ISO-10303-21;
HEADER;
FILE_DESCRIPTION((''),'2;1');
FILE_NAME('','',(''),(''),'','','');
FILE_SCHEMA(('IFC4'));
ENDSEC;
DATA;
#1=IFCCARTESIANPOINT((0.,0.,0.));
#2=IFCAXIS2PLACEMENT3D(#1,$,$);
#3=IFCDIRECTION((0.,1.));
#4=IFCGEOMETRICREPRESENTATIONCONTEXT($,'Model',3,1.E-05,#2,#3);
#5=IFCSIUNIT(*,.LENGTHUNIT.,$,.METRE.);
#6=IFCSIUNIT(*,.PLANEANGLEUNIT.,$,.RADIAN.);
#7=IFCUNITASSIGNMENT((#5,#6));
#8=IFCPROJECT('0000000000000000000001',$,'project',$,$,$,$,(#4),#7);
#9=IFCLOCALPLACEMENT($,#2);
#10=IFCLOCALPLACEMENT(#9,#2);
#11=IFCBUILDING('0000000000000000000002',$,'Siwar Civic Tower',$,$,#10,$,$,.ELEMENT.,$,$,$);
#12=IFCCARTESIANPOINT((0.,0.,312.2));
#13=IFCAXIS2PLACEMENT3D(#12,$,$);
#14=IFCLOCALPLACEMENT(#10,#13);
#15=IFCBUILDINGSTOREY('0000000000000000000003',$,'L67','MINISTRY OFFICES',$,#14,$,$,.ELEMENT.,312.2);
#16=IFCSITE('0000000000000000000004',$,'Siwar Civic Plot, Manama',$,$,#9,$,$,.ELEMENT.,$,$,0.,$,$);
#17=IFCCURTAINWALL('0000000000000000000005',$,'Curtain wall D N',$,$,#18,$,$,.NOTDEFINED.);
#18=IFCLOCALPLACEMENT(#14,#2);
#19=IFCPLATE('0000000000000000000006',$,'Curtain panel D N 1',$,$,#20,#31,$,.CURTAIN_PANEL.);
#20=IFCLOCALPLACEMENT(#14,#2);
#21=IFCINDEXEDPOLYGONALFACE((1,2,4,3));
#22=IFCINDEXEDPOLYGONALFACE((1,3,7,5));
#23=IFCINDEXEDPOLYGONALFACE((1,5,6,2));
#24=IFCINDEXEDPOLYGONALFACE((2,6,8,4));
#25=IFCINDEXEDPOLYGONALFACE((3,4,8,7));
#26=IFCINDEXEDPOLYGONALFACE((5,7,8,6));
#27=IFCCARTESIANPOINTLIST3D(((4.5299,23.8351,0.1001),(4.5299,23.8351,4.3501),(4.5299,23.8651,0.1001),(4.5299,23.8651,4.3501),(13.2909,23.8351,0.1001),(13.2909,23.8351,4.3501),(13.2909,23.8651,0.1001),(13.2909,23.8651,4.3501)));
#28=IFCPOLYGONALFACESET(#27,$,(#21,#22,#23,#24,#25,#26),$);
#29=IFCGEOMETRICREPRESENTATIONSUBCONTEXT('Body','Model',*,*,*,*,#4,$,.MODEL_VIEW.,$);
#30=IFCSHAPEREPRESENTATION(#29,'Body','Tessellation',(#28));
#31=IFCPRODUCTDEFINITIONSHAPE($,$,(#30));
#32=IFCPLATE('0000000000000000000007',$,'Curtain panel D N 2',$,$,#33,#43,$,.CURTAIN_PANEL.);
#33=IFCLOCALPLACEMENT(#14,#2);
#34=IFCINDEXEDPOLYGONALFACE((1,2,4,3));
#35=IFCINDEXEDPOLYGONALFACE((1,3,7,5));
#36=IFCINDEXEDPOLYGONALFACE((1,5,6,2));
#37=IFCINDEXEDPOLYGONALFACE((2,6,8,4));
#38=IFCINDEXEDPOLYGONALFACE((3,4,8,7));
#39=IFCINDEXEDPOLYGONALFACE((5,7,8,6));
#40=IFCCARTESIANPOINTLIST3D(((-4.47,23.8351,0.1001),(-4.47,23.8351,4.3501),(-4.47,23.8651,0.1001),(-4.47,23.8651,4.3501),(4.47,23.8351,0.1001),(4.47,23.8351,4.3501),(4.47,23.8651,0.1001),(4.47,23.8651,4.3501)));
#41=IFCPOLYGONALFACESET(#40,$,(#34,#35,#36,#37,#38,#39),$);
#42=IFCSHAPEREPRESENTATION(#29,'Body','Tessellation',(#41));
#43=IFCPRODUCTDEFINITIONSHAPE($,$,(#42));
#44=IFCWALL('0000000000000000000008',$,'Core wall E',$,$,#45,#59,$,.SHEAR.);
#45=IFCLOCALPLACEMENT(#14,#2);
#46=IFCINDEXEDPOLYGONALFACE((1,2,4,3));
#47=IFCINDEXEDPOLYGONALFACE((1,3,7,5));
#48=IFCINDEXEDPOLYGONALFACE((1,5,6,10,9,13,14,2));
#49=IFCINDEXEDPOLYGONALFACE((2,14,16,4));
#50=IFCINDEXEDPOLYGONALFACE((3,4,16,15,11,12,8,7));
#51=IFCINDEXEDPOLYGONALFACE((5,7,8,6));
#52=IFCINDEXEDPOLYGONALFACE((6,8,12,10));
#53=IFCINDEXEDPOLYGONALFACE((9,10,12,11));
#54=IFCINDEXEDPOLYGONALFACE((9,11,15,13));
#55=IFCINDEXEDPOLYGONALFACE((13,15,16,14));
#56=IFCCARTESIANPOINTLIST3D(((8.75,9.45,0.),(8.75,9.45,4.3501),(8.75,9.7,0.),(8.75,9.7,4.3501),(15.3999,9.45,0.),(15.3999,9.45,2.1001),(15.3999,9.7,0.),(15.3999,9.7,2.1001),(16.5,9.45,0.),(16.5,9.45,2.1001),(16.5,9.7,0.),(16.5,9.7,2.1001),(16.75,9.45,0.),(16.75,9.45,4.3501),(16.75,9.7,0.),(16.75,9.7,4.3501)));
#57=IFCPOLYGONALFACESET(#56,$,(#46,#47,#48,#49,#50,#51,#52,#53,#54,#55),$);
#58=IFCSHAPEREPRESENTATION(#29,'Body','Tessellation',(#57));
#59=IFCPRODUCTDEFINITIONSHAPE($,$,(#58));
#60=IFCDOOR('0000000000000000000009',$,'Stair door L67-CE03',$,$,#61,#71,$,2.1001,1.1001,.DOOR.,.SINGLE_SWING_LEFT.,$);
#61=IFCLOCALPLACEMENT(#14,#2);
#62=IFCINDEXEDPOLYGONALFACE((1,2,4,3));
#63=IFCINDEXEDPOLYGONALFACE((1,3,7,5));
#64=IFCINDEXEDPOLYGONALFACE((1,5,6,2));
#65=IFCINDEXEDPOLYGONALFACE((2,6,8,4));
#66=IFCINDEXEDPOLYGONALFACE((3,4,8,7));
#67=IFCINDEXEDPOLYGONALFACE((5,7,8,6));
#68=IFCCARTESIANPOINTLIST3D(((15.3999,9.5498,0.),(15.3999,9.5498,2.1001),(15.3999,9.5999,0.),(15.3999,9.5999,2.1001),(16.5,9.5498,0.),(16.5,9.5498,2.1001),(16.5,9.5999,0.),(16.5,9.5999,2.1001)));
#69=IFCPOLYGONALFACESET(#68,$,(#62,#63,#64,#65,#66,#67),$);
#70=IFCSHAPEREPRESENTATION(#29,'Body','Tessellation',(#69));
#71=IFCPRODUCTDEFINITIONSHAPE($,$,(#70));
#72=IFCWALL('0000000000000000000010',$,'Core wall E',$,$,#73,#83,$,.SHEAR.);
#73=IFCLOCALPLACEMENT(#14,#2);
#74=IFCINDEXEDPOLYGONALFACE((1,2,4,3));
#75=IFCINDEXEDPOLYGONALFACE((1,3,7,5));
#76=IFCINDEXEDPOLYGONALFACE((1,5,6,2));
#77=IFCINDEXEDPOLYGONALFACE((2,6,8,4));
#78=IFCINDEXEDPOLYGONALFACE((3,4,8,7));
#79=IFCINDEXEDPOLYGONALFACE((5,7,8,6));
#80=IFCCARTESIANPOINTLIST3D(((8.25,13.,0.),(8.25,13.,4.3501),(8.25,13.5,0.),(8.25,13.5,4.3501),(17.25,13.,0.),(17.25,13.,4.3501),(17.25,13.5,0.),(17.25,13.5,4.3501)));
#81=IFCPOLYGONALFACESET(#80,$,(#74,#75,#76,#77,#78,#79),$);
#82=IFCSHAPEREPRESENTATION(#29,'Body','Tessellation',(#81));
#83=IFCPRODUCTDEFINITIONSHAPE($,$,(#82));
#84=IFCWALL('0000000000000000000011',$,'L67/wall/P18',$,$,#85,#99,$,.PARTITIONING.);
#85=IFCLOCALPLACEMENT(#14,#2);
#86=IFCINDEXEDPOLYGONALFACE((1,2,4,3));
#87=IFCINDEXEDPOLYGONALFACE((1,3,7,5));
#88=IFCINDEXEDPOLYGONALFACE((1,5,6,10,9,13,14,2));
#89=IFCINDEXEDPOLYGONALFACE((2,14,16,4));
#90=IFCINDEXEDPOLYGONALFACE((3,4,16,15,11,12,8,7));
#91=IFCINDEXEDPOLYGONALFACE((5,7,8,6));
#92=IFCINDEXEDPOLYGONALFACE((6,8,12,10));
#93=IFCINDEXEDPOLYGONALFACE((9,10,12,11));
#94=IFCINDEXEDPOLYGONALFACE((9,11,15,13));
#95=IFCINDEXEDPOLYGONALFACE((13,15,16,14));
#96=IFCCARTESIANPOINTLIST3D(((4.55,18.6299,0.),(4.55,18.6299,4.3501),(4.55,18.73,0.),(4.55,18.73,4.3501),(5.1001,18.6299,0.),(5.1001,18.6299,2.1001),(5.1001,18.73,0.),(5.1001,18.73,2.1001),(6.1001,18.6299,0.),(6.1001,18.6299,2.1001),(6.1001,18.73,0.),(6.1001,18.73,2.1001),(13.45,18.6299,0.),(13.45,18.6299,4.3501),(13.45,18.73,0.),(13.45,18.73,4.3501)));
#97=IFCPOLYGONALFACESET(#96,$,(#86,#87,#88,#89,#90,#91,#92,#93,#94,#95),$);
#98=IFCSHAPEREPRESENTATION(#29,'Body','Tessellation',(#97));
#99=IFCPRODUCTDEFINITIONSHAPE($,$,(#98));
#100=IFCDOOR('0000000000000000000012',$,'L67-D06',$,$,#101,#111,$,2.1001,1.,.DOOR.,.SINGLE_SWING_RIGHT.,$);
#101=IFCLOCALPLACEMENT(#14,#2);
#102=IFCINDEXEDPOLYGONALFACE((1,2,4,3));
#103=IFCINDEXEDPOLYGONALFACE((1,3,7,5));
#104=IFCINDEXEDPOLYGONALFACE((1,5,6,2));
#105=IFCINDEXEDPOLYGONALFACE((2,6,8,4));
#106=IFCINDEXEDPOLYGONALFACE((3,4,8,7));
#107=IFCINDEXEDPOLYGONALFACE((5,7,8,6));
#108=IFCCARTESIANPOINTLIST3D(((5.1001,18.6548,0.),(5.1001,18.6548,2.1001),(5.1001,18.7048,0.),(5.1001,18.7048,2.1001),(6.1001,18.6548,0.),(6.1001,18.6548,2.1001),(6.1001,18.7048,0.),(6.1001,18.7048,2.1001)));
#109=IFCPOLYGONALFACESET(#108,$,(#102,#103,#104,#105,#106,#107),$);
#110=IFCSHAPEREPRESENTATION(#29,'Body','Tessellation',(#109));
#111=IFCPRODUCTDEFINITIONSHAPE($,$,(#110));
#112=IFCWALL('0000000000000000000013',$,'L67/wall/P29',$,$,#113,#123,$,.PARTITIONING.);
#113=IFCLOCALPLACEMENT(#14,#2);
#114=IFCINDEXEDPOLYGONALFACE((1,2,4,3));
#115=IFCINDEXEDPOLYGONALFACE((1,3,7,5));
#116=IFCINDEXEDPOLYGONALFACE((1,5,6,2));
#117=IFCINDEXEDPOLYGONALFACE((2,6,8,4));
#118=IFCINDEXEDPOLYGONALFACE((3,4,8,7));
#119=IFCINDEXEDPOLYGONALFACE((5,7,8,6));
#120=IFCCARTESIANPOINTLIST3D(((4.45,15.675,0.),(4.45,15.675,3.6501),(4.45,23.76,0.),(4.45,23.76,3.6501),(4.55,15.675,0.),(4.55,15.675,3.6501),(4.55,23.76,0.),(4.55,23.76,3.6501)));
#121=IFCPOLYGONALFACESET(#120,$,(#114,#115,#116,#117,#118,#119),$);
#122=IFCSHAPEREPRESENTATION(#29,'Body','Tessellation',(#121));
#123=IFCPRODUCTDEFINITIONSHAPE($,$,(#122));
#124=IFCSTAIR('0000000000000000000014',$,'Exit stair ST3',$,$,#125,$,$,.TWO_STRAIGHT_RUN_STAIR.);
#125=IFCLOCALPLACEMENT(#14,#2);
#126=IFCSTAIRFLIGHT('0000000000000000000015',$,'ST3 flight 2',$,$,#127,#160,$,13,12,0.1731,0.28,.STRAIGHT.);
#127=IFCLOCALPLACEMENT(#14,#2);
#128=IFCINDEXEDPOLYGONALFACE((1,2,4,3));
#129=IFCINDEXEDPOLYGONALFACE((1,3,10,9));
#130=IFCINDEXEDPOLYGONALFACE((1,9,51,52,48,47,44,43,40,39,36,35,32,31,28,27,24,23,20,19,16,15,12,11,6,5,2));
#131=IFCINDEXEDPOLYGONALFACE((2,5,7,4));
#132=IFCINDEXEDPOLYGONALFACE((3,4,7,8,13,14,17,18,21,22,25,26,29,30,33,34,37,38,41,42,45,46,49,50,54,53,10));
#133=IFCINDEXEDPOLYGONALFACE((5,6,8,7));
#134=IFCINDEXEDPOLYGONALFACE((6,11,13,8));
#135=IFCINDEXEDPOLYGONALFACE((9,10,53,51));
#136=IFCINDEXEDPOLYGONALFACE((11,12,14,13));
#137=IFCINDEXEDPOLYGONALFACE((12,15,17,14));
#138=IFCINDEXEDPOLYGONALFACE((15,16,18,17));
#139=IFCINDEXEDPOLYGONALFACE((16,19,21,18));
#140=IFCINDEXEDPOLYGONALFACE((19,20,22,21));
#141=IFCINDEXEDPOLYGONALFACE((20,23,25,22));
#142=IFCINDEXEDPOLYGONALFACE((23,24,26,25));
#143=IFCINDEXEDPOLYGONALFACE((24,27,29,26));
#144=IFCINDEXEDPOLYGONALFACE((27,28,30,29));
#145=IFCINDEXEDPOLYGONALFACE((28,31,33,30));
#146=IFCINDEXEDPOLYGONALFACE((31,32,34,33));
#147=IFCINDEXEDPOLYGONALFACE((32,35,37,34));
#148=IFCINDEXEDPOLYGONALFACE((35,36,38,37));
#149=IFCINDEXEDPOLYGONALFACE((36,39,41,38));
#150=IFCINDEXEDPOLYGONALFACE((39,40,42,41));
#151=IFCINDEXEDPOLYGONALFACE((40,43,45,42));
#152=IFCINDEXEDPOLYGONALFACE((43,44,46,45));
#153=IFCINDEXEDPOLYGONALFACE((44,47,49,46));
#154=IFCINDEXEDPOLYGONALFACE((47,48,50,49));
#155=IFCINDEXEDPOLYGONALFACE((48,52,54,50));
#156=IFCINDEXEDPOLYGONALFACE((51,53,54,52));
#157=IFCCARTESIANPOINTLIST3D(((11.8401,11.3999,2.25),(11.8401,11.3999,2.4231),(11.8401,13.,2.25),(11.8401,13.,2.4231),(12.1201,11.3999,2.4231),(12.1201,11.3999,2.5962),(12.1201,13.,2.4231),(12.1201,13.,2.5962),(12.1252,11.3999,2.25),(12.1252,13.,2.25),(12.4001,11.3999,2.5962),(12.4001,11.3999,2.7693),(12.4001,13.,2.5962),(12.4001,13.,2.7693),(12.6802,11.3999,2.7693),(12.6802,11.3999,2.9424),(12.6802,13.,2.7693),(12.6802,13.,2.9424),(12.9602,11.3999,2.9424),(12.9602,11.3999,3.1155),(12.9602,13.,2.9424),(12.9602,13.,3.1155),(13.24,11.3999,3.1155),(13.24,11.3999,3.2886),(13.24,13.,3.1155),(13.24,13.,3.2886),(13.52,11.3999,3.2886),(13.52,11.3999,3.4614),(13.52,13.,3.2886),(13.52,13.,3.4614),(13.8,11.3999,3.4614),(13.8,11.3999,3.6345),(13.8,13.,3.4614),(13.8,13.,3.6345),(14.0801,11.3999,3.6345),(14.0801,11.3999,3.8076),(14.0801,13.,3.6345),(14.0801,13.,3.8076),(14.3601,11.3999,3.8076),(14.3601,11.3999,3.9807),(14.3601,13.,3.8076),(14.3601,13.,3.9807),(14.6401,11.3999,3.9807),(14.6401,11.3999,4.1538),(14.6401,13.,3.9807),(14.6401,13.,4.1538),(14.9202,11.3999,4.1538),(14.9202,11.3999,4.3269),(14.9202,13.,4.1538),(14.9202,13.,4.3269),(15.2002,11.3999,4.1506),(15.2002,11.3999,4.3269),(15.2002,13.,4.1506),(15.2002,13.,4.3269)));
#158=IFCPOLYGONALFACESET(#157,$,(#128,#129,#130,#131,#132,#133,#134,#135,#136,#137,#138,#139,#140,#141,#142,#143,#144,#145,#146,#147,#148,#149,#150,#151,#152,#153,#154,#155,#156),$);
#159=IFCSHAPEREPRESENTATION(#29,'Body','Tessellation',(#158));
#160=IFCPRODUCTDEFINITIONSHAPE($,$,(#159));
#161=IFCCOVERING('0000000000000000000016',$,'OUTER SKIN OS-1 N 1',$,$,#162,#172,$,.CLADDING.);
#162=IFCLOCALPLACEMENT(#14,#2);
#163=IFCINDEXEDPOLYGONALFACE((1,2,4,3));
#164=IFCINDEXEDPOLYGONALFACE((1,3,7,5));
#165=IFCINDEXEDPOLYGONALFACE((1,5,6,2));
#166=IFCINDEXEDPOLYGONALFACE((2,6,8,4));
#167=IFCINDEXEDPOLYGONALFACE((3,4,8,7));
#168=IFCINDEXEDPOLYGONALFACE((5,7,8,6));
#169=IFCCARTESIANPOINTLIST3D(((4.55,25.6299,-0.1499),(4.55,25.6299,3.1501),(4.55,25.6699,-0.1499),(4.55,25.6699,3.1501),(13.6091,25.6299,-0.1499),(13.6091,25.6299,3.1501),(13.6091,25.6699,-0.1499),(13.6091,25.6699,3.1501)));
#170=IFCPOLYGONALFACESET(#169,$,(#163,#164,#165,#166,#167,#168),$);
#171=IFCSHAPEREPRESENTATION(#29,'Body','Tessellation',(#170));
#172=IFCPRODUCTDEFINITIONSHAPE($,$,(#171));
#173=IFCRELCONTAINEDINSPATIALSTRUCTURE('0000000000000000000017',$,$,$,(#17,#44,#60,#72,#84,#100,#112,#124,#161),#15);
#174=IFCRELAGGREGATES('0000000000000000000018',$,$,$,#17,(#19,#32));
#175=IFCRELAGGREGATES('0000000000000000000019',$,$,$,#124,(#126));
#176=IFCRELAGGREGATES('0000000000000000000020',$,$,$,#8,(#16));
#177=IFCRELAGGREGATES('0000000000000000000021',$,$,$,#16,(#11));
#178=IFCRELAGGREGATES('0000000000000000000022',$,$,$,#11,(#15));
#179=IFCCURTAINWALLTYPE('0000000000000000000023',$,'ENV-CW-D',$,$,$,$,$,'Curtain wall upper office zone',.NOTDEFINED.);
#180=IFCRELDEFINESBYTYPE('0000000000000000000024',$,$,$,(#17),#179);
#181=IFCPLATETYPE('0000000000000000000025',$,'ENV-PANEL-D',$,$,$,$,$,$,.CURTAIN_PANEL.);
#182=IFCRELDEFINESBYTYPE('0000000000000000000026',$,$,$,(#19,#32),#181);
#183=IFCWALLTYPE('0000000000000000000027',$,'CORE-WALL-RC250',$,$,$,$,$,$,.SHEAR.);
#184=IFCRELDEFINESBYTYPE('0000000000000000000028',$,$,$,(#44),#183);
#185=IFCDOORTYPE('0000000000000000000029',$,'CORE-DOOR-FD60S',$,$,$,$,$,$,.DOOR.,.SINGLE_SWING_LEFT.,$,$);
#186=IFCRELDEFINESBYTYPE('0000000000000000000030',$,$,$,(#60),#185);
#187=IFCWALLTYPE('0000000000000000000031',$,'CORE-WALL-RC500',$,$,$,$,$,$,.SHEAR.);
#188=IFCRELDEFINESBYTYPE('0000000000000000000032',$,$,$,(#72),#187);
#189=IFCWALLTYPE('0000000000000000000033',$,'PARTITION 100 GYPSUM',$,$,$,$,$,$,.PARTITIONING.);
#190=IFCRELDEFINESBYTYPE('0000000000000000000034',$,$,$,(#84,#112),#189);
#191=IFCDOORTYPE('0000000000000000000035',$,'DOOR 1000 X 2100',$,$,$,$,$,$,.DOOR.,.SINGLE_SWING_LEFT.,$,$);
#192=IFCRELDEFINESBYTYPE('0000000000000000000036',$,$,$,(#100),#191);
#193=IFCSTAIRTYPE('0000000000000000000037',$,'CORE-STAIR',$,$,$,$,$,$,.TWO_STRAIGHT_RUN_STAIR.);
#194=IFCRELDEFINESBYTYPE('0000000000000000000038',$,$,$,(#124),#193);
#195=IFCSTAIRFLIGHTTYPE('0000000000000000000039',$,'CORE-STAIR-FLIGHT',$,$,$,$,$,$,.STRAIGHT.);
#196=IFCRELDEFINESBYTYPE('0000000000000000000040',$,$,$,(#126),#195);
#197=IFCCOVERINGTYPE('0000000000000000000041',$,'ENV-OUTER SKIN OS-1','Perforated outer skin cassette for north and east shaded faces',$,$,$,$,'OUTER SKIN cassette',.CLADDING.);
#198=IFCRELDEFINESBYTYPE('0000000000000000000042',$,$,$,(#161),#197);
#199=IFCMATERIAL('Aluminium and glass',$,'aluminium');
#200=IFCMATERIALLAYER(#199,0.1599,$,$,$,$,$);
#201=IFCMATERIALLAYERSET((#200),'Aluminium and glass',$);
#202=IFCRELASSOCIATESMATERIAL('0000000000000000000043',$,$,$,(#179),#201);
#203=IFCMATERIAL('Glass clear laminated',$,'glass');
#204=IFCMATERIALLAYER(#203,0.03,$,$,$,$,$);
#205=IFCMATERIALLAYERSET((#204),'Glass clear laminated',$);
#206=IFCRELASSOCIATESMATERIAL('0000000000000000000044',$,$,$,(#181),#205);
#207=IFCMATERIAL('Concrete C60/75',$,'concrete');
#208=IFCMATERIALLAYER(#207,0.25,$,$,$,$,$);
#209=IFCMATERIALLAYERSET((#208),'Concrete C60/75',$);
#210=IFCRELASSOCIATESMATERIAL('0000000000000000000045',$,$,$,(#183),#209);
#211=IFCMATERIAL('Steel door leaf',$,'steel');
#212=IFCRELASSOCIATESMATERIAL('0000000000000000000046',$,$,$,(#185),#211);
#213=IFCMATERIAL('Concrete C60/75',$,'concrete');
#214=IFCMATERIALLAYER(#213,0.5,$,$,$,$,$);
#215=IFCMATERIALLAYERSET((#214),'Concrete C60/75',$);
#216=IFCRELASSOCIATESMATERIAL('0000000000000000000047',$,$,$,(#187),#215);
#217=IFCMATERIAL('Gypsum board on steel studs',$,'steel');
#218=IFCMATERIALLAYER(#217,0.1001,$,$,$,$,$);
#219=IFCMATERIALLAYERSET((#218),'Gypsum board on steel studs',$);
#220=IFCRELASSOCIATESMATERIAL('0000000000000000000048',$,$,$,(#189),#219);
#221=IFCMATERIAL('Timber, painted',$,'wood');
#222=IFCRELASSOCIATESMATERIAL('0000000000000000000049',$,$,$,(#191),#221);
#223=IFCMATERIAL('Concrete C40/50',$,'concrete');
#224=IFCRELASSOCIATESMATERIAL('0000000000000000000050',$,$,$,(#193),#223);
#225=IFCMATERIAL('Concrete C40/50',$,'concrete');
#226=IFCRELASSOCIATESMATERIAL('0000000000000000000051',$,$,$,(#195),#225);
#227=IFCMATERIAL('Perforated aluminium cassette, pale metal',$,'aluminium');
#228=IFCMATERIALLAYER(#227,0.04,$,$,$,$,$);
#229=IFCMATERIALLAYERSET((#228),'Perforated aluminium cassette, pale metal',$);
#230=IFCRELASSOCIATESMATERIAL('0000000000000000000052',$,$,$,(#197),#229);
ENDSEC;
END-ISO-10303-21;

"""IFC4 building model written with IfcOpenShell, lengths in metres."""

from ifc_helpers import new_model, si_unit, direction, frame, frame_2d, origin, origin_2d, place, context, subcontext, project, spatial, polyline, rectangle, outline, extrude, material, layer, layer_set, type_object, element, fill, aggregate, save


model = new_model("IFC4")

# Units and contexts
model_context = context("Model", 3, precision=1e-05, world=origin(), true_north=direction((0.0, 1.0)))
body_context = subcontext(model_context, "Body", "Model", "MODEL_VIEW")
ifc_project = project(units=[si_unit("LENGTHUNIT", "METRE"), si_unit("PLANEANGLEUNIT", "RADIAN")], contexts=[model_context])

# Site, building, storey
site_placement = place(None, origin())
site = spatial("IfcSite", under=ifc_project, at=site_placement, Name="Siwar Civic Plot, Manama", CompositionType="ELEMENT", RefElevation=0.0)
building_placement = place(site_placement, origin())
building = spatial("IfcBuilding", under=site, at=building_placement, Name="Siwar Civic Tower", CompositionType="ELEMENT")
storey_placement = place(building_placement, frame((0.0, 0.0, 312.2)))
storey = spatial("IfcBuildingStorey", under=building, at=storey_placement, Name="L67", Description="MINISTRY OFFICES", CompositionType="ELEMENT", Elevation=312.2)

# Curtain wall
ifc_material_1 = material(Name="Aluminium and glass", Category="aluminium")
ifc_layer_1 = layer(ifc_material_1, 0.1599)
ifc_layer_set_1 = layer_set([ifc_layer_1], Name="Aluminium and glass")
curtain_wall_type_1 = type_object("IfcCurtainWallType", Name="ENV-CW-D", ElementType="Curtain wall upper office zone", PredefinedType="NOTDEFINED", material=ifc_layer_set_1)
curtain_wall_1_placement = place(storey_placement, origin())
curtain_wall_1 = element("IfcCurtainWall", 1, at=curtain_wall_1_placement, inside=storey, type_object=curtain_wall_type_1, Name="Curtain wall D N", PredefinedType="NOTDEFINED")

# Plates
ifc_material_2 = material(Name="Glass clear laminated", Category="glass")
ifc_layer_2 = layer(ifc_material_2, 0.03)
ifc_layer_set_2 = layer_set([ifc_layer_2], Name="Glass clear laminated")
plate_type = type_object("IfcPlateType", Name="ENV-PANEL-D", PredefinedType="CURTAIN_PANEL", material=ifc_layer_set_2)
plate_1_placement = place(storey_placement, frame((8.9104, 23.8501, 0.1001), z_axis=(0.0, 0.0, 1.0), x_axis=(-1.0, 0.0, 0.0)))
plate_1 = element("IfcPlate", 2, at=plate_1_placement, type_object=plate_type, Name="Curtain panel D N 1", PredefinedType="CURTAIN_PANEL", context=body_context, shape_type="SweptSolid", body=[
    extrude(rectangle(XDim=8.761, YDim=0.03, at=origin_2d()), origin(), (0.0, 0.0, 1.0), 4.25),
])
plate_2_placement = place(storey_placement, frame((0.0, 23.8501, 0.1001), z_axis=(0.0, 0.0, 1.0), x_axis=(-1.0, 0.0, 0.0)))
plate_2 = element("IfcPlate", 3, at=plate_2_placement, type_object=plate_type, Name="Curtain panel D N 2", PredefinedType="CURTAIN_PANEL", context=body_context, shape_type="SweptSolid", body=[
    extrude(rectangle(XDim=8.9399, YDim=0.03, at=origin_2d()), origin(), (0.0, 0.0, 1.0), 4.25),
])
aggregate(curtain_wall_1, [plate_1, plate_2])

# Wall, opening, door
ifc_material_3 = material(Name="Concrete C60/75", Category="concrete")
ifc_layer_3 = layer(ifc_material_3, 0.25)
ifc_layer_set_3 = layer_set([ifc_layer_3], Name="Concrete C60/75")
wall_type_1 = type_object("IfcWallType", Name="CORE-WALL-RC250", PredefinedType="SHEAR", material=ifc_layer_set_3)
wall_1_placement = place(storey_placement, frame((8.75, 9.575, 0.0), z_axis=(0.0, 0.0, 1.0), x_axis=(1.0, 0.0, 0.0)))
wall_1 = element("IfcWall", 4, at=wall_1_placement, inside=storey, type_object=wall_type_1, Name="Core wall E", PredefinedType="SHEAR", context=body_context, shape_type="SweptSolid", body=[
    extrude(rectangle(XDim=8.0, YDim=0.25, at=frame_2d((4.0, 0.0))), origin(), (0.0, 0.0, 1.0), 4.3501),
])
opening_1_placement = place(wall_1_placement, frame((6.6499, 0.0, 0.0)))
opening_1 = element("IfcOpeningElement", 5, at=opening_1_placement, cuts=wall_1, PredefinedType="OPENING", context=body_context, shape_type="SweptSolid", body=[
    extrude(rectangle(XDim=1.1001, YDim=2.1001, at=frame_2d((0.55, 1.05))), frame((0.0, 0.135, 0.0), z_axis=(0.0, -1.0, 0.0), x_axis=(1.0, 0.0, 0.0)), (0.0, 0.0, 1.0), 0.27),
])
ifc_material_4 = material(Name="Steel door leaf", Category="steel")
door_type_1 = type_object("IfcDoorType", Name="CORE-DOOR-FD60S", OperationType="SINGLE_SWING_LEFT", PredefinedType="DOOR", material=ifc_material_4)
door_1_placement = place(opening_1_placement, origin())
door_1 = element("IfcDoor", 6, at=door_1_placement, inside=storey, type_object=door_type_1, Name="Stair door L67-CE03", OperationType="SINGLE_SWING_LEFT", OverallHeight=2.1001, OverallWidth=1.1001, PredefinedType="DOOR", context=body_context, shape_type="SweptSolid", body=[
    extrude(rectangle(XDim=1.1001, YDim=2.1001, at=frame_2d((0.55, 1.05))), frame((0.0, 0.0249, 0.0), z_axis=(0.0, -1.0, 0.0), x_axis=(1.0, 0.0, 0.0)), (0.0, 0.0, 1.0), 0.05),
])
fill(opening_1, door_1)

# Wall
ifc_material_5 = material(Name="Concrete C60/75", Category="concrete")
ifc_layer_4 = layer(ifc_material_5, 0.5)
ifc_layer_set_4 = layer_set([ifc_layer_4], Name="Concrete C60/75")
wall_type_2 = type_object("IfcWallType", Name="CORE-WALL-RC500", PredefinedType="SHEAR", material=ifc_layer_set_4)
wall_2_placement = place(storey_placement, frame((8.25, 13.25, 0.0), z_axis=(0.0, 0.0, 1.0), x_axis=(1.0, 0.0, 0.0)))
element("IfcWall", 7, at=wall_2_placement, inside=storey, type_object=wall_type_2, Name="Core wall E", PredefinedType="SHEAR", context=body_context, shape_type="SweptSolid", body=[
    extrude(rectangle(XDim=9.0, YDim=0.5, at=frame_2d((4.5, 0.0))), origin(), (0.0, 0.0, 1.0), 4.3501),
])

# Wall, opening, door
ifc_material_6 = material(Name="Gypsum board on steel studs", Category="steel")
ifc_layer_5 = layer(ifc_material_6, 0.1001)
ifc_layer_set_5 = layer_set([ifc_layer_5], Name="Gypsum board on steel studs")
wall_type_3 = type_object("IfcWallType", Name="PARTITION 100 GYPSUM", PredefinedType="PARTITIONING", material=ifc_layer_set_5)
wall_3_placement = place(storey_placement, frame((4.55, 18.6799, 0.0), z_axis=(0.0, 0.0, 1.0), x_axis=(1.0, 0.0, 0.0)))
wall_3 = element("IfcWall", 8, at=wall_3_placement, inside=storey, type_object=wall_type_3, Name="L67/wall/P18", PredefinedType="PARTITIONING", context=body_context, shape_type="SweptSolid", body=[
    extrude(rectangle(XDim=8.8999, YDim=0.1001, at=frame_2d((4.45, 0.0))), origin(), (0.0, 0.0, 1.0), 4.3501),
])
opening_2_placement = place(wall_3_placement, frame((0.55, 0.0, 0.0)))
opening_2 = element("IfcOpeningElement", 9, at=opening_2_placement, cuts=wall_3, PredefinedType="OPENING", context=body_context, shape_type="SweptSolid", body=[
    extrude(rectangle(XDim=1.0, YDim=2.1001, at=frame_2d((0.5, 1.05))), frame((0.0, 0.0601, 0.0), z_axis=(0.0, -1.0, 0.0), x_axis=(1.0, 0.0, 0.0)), (0.0, 0.0, 1.0), 0.1201),
])
ifc_material_7 = material(Name="Timber, painted", Category="wood")
door_type_2 = type_object("IfcDoorType", Name="DOOR 1000 X 2100", OperationType="SINGLE_SWING_LEFT", PredefinedType="DOOR", material=ifc_material_7)
door_2_placement = place(opening_2_placement, origin())
door_2 = element("IfcDoor", 10, at=door_2_placement, inside=storey, type_object=door_type_2, Name="L67-D06", OperationType="SINGLE_SWING_RIGHT", OverallHeight=2.1001, OverallWidth=1.0, PredefinedType="DOOR", context=body_context, shape_type="SweptSolid", body=[
    extrude(rectangle(XDim=1.0, YDim=2.1001, at=frame_2d((0.5, 1.05))), frame((0.0, 0.0249, 0.0), z_axis=(0.0, -1.0, 0.0), x_axis=(1.0, 0.0, 0.0)), (0.0, 0.0, 1.0), 0.05),
])
fill(opening_2, door_2)

# Wall
wall_4_placement = place(storey_placement, frame((4.5, 15.675, 0.0), z_axis=(0.0, 0.0, 1.0), x_axis=(0.0, 1.0, 0.0)))
element("IfcWall", 11, at=wall_4_placement, inside=storey, type_object=wall_type_3, Name="L67/wall/P29", PredefinedType="PARTITIONING", context=body_context, shape_type="SweptSolid", body=[
    extrude(rectangle(XDim=8.085, YDim=0.1001, at=frame_2d((4.0425, 0.0))), origin(), (0.0, 0.0, 1.0), 3.6501),
])

# Stair, stair flight
ifc_material_8 = material(Name="Concrete C40/50", Category="concrete")
stair_type = type_object("IfcStairType", Name="CORE-STAIR", PredefinedType="TWO_STRAIGHT_RUN_STAIR", material=ifc_material_8)
stair_placement = place(storey_placement, origin())
stair = element("IfcStair", 12, at=stair_placement, inside=storey, type_object=stair_type, Name="Exit stair ST3", PredefinedType="TWO_STRAIGHT_RUN_STAIR")
ifc_material_9 = material(Name="Concrete C40/50", Category="concrete")
stair_flight_type = type_object("IfcStairFlightType", Name="CORE-STAIR-FLIGHT", PredefinedType="STRAIGHT", material=ifc_material_9)
stair_flight_placement = place(storey_placement, frame((11.8401, 12.2, 2.25), z_axis=(0.0, 0.0, 1.0), x_axis=(1.0, 0.0, 0.0)))
stair_flight = element("IfcStairFlight", 13, at=stair_flight_placement, type_object=stair_flight_type, Name="ST3 flight 2", NumberOfRisers=13, NumberOfTreads=12, PredefinedType="STRAIGHT", RiserHeight=0.1731, TreadLength=0.28, context=body_context, shape_type="SweptSolid", body=[
    extrude(outline(polyline([(0.0, 0.0), (0.0, 0.1731), (0.28, 0.1731), (0.28, 0.3462), (0.5601, 0.3462), (0.5601, 0.5193), (0.8401, 0.5193), (0.8401, 0.6924), (1.1201, 0.6924), (1.1201, 0.8655), (1.3999, 0.8655), (1.3999, 1.0386), (1.6799, 1.0386), (1.6799, 1.2114), (1.96, 1.2114), (1.96, 1.3845), (2.24, 1.3845), (2.24, 1.5576), (2.52, 1.5576), (2.52, 1.7307), (2.8, 1.7307), (2.8, 1.9038), (3.0801, 1.9038), (3.0801, 2.0769), (3.3601, 2.0769), (3.3601, 2.25), (3.3601, 1.9006), (0.2852, 0.0), (0.0, 0.0)])), frame((0.0, 0.8, 0.0), z_axis=(0.0, -1.0, 0.0), x_axis=(1.0, 0.0, 0.0)), (0.0, 0.0, 1.0), 1.6001),
])
aggregate(stair, [stair_flight])

# Covering
ifc_material_10 = material(Name="Perforated aluminium cassette, pale metal", Category="aluminium")
ifc_layer_6 = layer(ifc_material_10, 0.04)
ifc_layer_set_6 = layer_set([ifc_layer_6], Name="Perforated aluminium cassette, pale metal")
covering_type = type_object("IfcCoveringType", Name="ENV-OUTER SKIN OS-1", Description="Perforated outer skin cassette for north and east shaded faces", ElementType="OUTER SKIN cassette", PredefinedType="CLADDING", material=ifc_layer_set_6)
covering_1_placement = place(storey_placement, frame((9.0796, 25.6499, -0.1499), z_axis=(0.0, 0.0, 1.0), x_axis=(-1.0, 0.0, 0.0)))
element("IfcCovering", 14, at=covering_1_placement, inside=storey, type_object=covering_type, Name="OUTER SKIN OS-1 N 1", PredefinedType="CLADDING", context=body_context, shape_type="SweptSolid", body=[
    extrude(rectangle(XDim=9.0591, YDim=0.04, at=origin_2d()), origin(), (0.0, 0.0, 1.0), 3.3),
])

save(model, "model.ifc")
